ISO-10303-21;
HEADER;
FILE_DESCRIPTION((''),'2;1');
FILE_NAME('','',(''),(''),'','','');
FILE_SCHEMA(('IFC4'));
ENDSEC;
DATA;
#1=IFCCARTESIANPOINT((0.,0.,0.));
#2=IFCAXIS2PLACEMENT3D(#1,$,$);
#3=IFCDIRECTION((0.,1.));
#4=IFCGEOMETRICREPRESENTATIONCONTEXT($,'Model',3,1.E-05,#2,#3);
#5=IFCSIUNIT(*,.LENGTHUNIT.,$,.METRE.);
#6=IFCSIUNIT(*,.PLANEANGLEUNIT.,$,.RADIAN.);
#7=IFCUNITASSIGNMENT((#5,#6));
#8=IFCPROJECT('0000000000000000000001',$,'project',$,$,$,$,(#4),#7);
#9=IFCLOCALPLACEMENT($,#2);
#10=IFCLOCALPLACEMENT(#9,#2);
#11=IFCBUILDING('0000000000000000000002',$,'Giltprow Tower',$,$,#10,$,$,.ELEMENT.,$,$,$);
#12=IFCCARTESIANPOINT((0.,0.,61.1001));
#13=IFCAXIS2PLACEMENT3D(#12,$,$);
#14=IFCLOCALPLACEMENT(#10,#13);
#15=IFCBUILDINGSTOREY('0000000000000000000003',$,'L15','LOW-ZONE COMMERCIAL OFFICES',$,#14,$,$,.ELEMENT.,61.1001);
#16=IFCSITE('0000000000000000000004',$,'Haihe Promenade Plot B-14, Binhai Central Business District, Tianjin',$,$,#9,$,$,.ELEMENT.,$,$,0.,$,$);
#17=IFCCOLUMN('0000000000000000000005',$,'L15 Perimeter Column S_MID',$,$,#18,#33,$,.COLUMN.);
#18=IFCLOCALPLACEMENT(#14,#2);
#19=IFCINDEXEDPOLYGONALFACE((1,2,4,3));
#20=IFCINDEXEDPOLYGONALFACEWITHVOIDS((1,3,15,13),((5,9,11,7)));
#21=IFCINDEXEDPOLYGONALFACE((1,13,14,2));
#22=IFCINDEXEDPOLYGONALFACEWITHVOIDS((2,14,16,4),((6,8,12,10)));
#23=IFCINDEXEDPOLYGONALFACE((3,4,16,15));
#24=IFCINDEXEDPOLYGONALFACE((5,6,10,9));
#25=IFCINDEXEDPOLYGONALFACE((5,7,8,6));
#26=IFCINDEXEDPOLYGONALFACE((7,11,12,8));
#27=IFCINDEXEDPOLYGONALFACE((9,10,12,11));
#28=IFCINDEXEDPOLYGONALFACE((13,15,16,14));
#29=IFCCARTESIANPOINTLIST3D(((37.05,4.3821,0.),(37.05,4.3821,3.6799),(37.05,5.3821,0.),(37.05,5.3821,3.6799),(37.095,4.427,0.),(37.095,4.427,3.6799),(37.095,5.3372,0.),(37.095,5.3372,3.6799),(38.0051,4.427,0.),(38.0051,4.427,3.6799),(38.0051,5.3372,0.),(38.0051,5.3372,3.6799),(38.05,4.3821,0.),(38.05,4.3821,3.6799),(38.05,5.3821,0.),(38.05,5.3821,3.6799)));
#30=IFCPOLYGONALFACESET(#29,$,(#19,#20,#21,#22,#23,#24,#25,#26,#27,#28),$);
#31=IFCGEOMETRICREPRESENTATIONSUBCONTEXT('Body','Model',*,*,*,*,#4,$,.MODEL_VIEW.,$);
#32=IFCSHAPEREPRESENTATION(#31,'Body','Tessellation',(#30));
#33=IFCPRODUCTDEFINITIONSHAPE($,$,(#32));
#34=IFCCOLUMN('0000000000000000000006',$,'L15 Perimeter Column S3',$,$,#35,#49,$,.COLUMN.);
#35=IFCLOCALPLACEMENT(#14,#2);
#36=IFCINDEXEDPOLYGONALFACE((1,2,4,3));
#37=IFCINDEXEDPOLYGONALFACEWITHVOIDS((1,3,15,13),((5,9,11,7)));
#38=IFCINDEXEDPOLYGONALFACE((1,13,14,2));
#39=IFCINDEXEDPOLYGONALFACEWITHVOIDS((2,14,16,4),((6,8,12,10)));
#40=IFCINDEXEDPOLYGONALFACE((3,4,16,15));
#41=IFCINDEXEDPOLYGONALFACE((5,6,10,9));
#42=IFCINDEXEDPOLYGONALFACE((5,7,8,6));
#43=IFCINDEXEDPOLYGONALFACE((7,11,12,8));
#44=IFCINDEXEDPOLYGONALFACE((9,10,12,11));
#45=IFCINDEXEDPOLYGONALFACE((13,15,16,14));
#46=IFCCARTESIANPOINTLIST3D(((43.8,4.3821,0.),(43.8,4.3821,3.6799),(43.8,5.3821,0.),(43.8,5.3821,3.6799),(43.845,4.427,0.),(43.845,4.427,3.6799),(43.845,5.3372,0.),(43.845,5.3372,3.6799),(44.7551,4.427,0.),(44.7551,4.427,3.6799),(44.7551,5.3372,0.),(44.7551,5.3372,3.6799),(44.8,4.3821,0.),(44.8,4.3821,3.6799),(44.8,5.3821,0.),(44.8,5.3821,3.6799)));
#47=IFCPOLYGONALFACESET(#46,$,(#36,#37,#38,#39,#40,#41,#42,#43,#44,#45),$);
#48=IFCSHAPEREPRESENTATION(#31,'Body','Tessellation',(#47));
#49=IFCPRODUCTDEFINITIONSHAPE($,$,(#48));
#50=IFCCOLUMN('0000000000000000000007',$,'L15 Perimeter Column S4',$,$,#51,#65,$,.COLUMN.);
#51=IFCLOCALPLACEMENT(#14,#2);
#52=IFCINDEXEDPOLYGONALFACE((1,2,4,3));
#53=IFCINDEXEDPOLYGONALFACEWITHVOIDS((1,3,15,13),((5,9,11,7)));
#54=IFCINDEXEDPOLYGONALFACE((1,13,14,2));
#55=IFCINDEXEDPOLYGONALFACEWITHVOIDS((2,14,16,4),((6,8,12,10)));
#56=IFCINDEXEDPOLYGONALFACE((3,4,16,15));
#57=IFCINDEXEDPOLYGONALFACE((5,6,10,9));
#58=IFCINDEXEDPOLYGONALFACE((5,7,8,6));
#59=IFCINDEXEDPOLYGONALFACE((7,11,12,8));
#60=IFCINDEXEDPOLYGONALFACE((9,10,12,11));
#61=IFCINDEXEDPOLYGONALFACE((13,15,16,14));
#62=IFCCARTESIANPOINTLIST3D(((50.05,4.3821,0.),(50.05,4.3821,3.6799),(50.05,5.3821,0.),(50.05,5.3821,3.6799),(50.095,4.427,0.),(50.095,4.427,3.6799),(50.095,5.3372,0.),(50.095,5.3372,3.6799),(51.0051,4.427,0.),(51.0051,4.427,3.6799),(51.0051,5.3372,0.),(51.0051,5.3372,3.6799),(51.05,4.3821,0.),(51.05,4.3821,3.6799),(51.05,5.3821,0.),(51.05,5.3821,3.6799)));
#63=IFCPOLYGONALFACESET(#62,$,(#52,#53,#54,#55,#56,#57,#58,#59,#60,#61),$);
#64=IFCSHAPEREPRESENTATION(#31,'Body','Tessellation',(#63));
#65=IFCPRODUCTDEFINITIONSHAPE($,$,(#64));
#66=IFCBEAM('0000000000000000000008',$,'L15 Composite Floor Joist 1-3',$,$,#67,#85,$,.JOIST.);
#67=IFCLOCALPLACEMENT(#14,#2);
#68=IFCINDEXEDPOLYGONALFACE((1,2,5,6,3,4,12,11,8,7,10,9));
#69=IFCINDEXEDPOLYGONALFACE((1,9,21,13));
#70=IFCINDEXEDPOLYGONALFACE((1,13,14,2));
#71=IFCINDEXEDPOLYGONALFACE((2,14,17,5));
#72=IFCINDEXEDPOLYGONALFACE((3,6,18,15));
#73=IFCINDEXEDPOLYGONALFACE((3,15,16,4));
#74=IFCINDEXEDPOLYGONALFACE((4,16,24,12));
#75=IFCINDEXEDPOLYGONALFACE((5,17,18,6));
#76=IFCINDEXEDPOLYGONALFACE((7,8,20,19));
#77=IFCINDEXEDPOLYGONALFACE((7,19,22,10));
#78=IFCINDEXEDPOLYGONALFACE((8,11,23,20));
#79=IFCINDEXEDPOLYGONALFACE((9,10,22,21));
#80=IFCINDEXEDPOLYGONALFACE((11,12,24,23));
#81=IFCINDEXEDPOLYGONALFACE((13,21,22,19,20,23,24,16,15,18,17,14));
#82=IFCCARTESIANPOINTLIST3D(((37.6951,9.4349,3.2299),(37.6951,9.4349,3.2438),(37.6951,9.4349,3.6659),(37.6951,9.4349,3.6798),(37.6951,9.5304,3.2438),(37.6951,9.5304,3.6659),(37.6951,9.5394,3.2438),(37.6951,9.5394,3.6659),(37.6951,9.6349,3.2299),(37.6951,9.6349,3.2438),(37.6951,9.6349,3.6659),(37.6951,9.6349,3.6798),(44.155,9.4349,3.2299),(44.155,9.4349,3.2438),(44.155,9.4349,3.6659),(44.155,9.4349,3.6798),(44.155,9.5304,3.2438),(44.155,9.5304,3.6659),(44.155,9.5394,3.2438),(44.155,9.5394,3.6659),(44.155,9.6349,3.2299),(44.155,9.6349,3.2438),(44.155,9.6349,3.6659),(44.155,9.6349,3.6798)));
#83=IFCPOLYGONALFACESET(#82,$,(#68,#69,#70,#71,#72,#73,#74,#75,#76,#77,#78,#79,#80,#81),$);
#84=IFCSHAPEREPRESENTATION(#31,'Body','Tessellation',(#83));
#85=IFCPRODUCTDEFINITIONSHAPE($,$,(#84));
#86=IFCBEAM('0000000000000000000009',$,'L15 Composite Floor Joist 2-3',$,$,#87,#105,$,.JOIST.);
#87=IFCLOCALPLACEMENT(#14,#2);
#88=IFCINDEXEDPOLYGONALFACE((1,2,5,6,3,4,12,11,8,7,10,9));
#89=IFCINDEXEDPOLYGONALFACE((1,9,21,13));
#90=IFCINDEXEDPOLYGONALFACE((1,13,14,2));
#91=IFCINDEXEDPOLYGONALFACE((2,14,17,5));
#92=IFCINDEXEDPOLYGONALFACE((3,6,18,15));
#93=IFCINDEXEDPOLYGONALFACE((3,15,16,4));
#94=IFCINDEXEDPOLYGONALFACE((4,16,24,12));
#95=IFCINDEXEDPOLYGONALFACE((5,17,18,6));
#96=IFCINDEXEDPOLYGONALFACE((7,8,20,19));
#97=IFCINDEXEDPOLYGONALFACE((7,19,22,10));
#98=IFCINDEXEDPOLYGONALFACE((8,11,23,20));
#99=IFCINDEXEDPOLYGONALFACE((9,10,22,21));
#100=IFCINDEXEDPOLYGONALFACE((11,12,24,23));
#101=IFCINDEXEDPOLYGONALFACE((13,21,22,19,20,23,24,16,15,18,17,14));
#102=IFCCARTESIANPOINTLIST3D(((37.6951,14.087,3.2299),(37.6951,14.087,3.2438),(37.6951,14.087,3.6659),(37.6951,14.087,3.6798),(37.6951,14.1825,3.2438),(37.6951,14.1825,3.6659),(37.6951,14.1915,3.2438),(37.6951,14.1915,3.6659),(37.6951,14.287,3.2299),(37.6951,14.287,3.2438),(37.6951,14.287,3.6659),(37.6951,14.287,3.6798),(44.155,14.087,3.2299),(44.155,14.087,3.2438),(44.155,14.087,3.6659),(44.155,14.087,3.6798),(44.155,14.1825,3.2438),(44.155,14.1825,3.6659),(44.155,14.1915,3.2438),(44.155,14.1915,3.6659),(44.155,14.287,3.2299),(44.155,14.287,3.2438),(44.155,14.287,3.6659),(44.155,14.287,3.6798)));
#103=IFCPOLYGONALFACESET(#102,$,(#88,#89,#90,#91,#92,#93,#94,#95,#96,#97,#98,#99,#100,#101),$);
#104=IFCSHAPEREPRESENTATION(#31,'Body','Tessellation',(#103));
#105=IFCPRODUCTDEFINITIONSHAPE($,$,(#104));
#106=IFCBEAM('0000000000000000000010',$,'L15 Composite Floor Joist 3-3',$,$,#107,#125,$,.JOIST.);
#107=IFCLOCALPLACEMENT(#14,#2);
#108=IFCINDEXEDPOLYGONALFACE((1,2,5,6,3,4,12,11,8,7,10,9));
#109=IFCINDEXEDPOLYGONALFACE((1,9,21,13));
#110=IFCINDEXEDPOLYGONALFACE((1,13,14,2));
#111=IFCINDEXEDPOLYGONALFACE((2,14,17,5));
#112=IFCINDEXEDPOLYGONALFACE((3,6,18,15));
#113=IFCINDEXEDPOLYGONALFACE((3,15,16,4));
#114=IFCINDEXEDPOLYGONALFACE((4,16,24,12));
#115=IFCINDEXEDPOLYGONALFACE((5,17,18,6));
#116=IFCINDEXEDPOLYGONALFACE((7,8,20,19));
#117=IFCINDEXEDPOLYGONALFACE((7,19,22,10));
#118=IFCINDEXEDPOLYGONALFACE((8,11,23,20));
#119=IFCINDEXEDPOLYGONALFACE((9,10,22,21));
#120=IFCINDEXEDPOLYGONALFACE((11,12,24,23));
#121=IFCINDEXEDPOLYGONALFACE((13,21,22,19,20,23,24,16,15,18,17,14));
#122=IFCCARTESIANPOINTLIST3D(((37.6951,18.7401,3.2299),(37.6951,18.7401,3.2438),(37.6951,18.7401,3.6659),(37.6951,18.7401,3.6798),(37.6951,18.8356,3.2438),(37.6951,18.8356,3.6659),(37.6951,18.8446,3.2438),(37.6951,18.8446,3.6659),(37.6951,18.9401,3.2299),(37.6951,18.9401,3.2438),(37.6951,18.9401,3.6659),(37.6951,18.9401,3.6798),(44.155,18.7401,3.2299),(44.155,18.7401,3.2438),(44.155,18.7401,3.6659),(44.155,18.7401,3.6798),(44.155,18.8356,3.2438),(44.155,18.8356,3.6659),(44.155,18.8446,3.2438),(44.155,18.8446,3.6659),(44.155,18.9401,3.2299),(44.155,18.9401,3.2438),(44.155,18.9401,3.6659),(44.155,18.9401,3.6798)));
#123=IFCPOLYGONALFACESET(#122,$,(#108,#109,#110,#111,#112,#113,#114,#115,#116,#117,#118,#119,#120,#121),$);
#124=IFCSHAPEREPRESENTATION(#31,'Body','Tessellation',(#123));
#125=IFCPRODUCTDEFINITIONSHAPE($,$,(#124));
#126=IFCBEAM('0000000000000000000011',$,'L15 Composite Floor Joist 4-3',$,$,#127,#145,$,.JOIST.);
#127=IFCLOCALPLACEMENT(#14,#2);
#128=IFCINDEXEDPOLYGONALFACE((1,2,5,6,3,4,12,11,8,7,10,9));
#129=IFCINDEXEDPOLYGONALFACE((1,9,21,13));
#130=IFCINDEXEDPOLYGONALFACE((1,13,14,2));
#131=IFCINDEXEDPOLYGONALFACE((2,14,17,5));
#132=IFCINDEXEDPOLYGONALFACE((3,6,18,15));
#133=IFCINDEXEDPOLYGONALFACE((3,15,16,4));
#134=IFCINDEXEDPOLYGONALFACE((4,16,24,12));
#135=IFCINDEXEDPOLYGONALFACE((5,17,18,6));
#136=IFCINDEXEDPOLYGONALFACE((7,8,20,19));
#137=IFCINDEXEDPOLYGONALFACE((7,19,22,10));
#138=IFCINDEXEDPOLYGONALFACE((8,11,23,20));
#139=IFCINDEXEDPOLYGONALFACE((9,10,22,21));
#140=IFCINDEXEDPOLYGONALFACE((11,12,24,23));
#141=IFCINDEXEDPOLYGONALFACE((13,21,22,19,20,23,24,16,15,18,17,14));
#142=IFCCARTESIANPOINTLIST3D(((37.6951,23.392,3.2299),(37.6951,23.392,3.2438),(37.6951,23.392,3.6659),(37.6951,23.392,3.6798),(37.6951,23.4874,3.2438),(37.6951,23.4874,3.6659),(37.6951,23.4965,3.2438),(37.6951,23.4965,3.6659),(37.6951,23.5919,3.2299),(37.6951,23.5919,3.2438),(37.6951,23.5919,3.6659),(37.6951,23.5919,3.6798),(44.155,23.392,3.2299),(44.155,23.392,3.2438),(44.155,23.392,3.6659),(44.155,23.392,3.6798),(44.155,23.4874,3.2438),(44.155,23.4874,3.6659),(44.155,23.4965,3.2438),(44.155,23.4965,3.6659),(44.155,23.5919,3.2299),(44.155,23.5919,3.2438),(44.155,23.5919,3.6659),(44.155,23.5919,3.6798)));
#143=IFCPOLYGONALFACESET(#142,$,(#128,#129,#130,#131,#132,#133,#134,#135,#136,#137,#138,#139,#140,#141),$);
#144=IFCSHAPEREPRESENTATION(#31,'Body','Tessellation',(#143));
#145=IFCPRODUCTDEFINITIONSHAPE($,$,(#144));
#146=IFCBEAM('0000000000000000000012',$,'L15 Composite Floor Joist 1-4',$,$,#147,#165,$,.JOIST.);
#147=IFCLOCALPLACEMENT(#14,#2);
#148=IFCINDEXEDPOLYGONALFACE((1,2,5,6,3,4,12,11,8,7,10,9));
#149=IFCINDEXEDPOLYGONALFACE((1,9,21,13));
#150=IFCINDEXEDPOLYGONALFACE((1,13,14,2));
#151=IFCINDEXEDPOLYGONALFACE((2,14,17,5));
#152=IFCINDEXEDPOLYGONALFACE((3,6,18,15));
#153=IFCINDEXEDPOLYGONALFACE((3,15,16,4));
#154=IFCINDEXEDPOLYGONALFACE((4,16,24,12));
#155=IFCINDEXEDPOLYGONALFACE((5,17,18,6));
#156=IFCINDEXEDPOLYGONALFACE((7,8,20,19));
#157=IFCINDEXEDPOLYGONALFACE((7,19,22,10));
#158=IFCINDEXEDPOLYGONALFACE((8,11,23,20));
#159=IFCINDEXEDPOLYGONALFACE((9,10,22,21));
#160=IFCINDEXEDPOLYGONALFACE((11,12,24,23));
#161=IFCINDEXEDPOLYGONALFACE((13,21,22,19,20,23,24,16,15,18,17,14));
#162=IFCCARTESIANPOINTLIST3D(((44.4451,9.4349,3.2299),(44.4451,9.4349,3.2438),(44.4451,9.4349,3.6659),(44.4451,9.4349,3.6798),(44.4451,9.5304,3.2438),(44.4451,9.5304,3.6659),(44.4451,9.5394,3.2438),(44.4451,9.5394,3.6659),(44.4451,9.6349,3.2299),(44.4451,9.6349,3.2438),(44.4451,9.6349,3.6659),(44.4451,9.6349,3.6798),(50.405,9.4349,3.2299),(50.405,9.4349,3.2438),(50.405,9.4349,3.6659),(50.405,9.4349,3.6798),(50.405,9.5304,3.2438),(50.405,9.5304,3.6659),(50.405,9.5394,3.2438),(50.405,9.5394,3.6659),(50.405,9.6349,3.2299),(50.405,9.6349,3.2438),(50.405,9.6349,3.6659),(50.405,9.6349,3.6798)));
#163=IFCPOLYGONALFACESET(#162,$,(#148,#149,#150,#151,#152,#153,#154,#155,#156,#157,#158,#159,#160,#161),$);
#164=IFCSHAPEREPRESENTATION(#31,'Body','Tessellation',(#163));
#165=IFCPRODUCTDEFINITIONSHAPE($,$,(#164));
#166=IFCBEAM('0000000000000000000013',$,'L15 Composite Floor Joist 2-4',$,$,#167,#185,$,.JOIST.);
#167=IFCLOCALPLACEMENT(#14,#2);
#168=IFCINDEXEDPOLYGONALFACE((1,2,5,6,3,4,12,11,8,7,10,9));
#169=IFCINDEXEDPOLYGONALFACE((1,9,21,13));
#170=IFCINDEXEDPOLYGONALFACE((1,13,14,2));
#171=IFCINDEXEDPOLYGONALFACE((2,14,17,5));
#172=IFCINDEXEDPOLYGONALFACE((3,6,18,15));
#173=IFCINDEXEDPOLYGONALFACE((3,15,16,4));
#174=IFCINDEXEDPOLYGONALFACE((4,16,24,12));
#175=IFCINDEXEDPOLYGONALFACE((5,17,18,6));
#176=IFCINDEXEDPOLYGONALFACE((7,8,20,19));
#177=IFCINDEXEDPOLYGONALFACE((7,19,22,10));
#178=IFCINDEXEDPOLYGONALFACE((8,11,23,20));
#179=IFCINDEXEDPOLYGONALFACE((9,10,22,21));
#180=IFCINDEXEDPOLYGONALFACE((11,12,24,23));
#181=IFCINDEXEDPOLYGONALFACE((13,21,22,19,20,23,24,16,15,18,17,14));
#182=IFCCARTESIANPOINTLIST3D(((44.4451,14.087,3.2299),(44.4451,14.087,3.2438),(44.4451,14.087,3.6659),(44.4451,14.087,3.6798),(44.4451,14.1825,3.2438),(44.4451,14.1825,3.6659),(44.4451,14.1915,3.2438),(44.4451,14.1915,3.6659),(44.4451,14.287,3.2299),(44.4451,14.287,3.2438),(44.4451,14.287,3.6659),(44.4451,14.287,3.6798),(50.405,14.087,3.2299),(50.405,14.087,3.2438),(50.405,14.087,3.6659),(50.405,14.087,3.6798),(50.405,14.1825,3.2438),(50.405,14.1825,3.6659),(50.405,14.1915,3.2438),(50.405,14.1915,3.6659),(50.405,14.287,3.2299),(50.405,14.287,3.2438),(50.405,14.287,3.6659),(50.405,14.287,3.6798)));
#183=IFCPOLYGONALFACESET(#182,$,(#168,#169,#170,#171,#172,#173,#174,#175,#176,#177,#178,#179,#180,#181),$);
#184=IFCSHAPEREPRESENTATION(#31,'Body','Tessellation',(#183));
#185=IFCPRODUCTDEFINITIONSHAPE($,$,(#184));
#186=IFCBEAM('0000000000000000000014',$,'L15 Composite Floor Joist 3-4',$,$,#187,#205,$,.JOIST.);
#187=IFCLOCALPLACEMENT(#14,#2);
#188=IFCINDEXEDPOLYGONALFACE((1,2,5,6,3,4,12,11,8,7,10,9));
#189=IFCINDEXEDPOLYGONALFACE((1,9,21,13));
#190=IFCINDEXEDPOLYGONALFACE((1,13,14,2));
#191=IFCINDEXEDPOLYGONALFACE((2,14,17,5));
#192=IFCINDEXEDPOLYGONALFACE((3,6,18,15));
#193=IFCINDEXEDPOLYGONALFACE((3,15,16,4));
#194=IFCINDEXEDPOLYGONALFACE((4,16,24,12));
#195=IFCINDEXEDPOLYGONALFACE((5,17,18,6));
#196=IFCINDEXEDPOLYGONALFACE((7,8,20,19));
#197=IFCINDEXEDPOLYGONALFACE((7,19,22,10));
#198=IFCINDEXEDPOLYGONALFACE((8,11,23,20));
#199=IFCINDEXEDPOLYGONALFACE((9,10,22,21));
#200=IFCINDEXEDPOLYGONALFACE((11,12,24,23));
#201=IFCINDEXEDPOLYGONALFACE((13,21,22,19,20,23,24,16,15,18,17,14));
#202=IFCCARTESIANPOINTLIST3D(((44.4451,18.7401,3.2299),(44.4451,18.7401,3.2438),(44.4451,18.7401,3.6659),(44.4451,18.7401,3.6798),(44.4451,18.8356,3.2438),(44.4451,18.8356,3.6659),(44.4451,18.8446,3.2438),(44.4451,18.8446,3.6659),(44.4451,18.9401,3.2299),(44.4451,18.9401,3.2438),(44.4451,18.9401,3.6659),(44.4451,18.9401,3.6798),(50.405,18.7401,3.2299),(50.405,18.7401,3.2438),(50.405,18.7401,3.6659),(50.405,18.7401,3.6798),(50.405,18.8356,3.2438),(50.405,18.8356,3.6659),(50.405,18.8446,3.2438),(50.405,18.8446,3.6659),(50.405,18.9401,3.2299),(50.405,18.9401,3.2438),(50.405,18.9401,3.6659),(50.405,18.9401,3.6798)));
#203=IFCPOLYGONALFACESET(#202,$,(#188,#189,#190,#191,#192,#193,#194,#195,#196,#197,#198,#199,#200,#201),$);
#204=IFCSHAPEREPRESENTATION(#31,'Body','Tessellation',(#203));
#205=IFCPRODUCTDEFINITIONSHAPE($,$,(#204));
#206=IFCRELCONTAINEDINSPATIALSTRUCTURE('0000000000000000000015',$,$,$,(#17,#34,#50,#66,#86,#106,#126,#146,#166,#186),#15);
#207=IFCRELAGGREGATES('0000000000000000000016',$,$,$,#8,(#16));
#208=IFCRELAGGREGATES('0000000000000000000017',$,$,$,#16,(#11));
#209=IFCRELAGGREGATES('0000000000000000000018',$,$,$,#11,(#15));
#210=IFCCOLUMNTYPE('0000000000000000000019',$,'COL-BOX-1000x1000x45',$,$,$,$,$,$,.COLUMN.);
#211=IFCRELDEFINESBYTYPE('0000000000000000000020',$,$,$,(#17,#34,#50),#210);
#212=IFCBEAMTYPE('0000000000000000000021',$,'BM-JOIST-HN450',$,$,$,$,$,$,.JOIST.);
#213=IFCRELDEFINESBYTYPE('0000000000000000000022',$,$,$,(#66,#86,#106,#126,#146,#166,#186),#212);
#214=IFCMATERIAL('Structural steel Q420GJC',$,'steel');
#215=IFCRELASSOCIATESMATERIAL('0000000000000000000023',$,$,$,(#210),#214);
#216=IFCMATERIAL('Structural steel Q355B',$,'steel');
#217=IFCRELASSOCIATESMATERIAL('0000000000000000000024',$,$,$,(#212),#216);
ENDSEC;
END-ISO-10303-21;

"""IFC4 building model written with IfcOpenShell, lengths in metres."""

from ifc_helpers import new_model, si_unit, direction, frame, origin, origin_2d, place, context, subcontext, project, spatial, hollow_rectangle, i_section, extrude, source, transform, mapped, material, material_profile, profile_set, type_object, element, save


model = new_model("IFC4")

# Units and contexts
model_context = context("Model", 3, precision=1e-05, world=origin(), true_north=direction((0.0, 1.0)))
body_context = subcontext(model_context, "Body", "Model", "MODEL_VIEW")
ifc_project = project(units=[si_unit("LENGTHUNIT", "METRE"), si_unit("PLANEANGLEUNIT", "RADIAN")], contexts=[model_context])

# Site, building, storey
site_placement = place(None, origin())
site = spatial("IfcSite", under=ifc_project, at=site_placement, Name="Haihe Promenade Plot B-14, Binhai Central Business District, Tianjin", CompositionType="ELEMENT", RefElevation=0.0)
building_placement = place(site_placement, origin())
building = spatial("IfcBuilding", under=site, at=building_placement, Name="Giltprow Tower", CompositionType="ELEMENT")
storey_placement = place(building_placement, frame((0.0, 0.0, 61.1001)))
storey = spatial("IfcBuildingStorey", under=building, at=storey_placement, Name="L15", Description="LOW-ZONE COMMERCIAL OFFICES", CompositionType="ELEMENT", Elevation=61.1001)

# Columns
ifc_material_1 = material(Name="Structural steel Q420GJC", Category="steel")
ifc_material_profile_1 = material_profile(ifc_material_1, hollow_rectangle(XDim=1.0, YDim=1.0, WallThickness=0.0449, at=origin_2d()), Name="BOX 1000x1000x45")
ifc_profile_set_1 = profile_set([ifc_material_profile_1], Name="Structural steel Q420GJC")
column_type = type_object("IfcColumnType", Name="COL-BOX-1000x1000x45", PredefinedType="COLUMN", material=ifc_profile_set_1)
shared_shape_1 = source(origin(), body_context, "Body", "SweptSolid", [
    extrude(hollow_rectangle(XDim=1.0, YDim=1.0, WallThickness=0.0449, at=origin_2d()), origin(), (0.0, 0.0, 1.0), 3.6799),
])
for number, where, z_axis, x_axis, name in (
    (1, (37.55, 4.8821, 0.0), (0.0, 0.0, 1.0), (1.0, 0.0, 0.0), "L15 Perimeter Column S_MID"),
    (2, (44.3, 4.8821, 0.0), (0.0, 0.0, 1.0), (1.0, 0.0, 0.0), "L15 Perimeter Column S3"),
    (3, (50.55, 4.8821, 0.0), (0.0, 0.0, 1.0), (1.0, 0.0, 0.0), "L15 Perimeter Column S4"),
):
    element("IfcColumn", number, at=place(storey_placement, frame(where, z_axis=z_axis, x_axis=x_axis)), inside=storey, type_object=column_type, Name=name, PredefinedType="COLUMN", context=body_context, shape_type="MappedRepresentation", body=[
        mapped(shared_shape_1, transform((0.0, 0.0, 0.0), x_axis=(1.0, 0.0, 0.0), y_axis=(0.0, 1.0, 0.0), z_axis=(0.0, 0.0, 1.0), scale=1.0)),
    ])

# Beams
ifc_material_2 = material(Name="Structural steel Q355B", Category="steel")
ifc_material_profile_2 = material_profile(ifc_material_2, i_section(OverallWidth=0.2, OverallDepth=0.45, WebThickness=0.009, FlangeThickness=0.0139, at=origin_2d()), Name="HN 450x200x9x14")
ifc_profile_set_2 = profile_set([ifc_material_profile_2], Name="Structural steel Q355B")
beam_type_1 = type_object("IfcBeamType", Name="BM-JOIST-HN450", PredefinedType="JOIST", material=ifc_profile_set_2)
shared_shape_2 = source(origin(), body_context, "Body", "SweptSolid", [
    extrude(i_section(OverallWidth=0.2, OverallDepth=0.45, WebThickness=0.009, FlangeThickness=0.0139, at=origin_2d()), origin(), (0.0, 0.0, 1.0), 6.46),
])
for number, where, z_axis, x_axis, name in (
    (4, (37.6951, 9.5349, 3.4548), (1.0, 0.0, 0.0), (0.0, 1.0, 0.0), "L15 Composite Floor Joist 1-3"),
    (5, (37.6951, 14.187, 3.4548), (1.0, 0.0, 0.0), (0.0, 1.0, 0.0), "L15 Composite Floor Joist 2-3"),
    (6, (37.6951, 18.8401, 3.4548), (1.0, 0.0, 0.0), (0.0, 1.0, 0.0), "L15 Composite Floor Joist 3-3"),
    (7, (37.6951, 23.4919, 3.4548), (1.0, 0.0, 0.0), (0.0, 1.0, 0.0), "L15 Composite Floor Joist 4-3"),
):
    element("IfcBeam", number, at=place(storey_placement, frame(where, z_axis=z_axis, x_axis=x_axis)), inside=storey, type_object=beam_type_1, Name=name, PredefinedType="JOIST", context=body_context, shape_type="MappedRepresentation", body=[
        mapped(shared_shape_2, transform((0.0, 0.0, 0.0), x_axis=(1.0, 0.0, 0.0), y_axis=(0.0, 1.0, 0.0), z_axis=(0.0, 0.0, 1.0), scale=1.0)),
    ])
shared_shape_3 = source(origin(), body_context, "Body", "SweptSolid", [
    extrude(i_section(OverallWidth=0.2, OverallDepth=0.45, WebThickness=0.009, FlangeThickness=0.0139, at=origin_2d()), origin(), (0.0, 0.0, 1.0), 5.96),
])
for number, where, z_axis, x_axis, name in (
    (8, (44.4451, 9.5349, 3.4548), (1.0, 0.0, 0.0), (0.0, 1.0, 0.0), "L15 Composite Floor Joist 1-4"),
    (9, (44.4451, 14.187, 3.4548), (1.0, 0.0, 0.0), (0.0, 1.0, 0.0), "L15 Composite Floor Joist 2-4"),
    (10, (44.4451, 18.8401, 3.4548), (1.0, 0.0, 0.0), (0.0, 1.0, 0.0), "L15 Composite Floor Joist 3-4"),
):
    element("IfcBeam", number, at=place(storey_placement, frame(where, z_axis=z_axis, x_axis=x_axis)), inside=storey, type_object=beam_type_1, Name=name, PredefinedType="JOIST", context=body_context, shape_type="MappedRepresentation", body=[
        mapped(shared_shape_3, transform((0.0, 0.0, 0.0), x_axis=(1.0, 0.0, 0.0), y_axis=(0.0, 1.0, 0.0), z_axis=(0.0, 0.0, 1.0), scale=1.0)),
    ])

save(model, "model.ifc")
